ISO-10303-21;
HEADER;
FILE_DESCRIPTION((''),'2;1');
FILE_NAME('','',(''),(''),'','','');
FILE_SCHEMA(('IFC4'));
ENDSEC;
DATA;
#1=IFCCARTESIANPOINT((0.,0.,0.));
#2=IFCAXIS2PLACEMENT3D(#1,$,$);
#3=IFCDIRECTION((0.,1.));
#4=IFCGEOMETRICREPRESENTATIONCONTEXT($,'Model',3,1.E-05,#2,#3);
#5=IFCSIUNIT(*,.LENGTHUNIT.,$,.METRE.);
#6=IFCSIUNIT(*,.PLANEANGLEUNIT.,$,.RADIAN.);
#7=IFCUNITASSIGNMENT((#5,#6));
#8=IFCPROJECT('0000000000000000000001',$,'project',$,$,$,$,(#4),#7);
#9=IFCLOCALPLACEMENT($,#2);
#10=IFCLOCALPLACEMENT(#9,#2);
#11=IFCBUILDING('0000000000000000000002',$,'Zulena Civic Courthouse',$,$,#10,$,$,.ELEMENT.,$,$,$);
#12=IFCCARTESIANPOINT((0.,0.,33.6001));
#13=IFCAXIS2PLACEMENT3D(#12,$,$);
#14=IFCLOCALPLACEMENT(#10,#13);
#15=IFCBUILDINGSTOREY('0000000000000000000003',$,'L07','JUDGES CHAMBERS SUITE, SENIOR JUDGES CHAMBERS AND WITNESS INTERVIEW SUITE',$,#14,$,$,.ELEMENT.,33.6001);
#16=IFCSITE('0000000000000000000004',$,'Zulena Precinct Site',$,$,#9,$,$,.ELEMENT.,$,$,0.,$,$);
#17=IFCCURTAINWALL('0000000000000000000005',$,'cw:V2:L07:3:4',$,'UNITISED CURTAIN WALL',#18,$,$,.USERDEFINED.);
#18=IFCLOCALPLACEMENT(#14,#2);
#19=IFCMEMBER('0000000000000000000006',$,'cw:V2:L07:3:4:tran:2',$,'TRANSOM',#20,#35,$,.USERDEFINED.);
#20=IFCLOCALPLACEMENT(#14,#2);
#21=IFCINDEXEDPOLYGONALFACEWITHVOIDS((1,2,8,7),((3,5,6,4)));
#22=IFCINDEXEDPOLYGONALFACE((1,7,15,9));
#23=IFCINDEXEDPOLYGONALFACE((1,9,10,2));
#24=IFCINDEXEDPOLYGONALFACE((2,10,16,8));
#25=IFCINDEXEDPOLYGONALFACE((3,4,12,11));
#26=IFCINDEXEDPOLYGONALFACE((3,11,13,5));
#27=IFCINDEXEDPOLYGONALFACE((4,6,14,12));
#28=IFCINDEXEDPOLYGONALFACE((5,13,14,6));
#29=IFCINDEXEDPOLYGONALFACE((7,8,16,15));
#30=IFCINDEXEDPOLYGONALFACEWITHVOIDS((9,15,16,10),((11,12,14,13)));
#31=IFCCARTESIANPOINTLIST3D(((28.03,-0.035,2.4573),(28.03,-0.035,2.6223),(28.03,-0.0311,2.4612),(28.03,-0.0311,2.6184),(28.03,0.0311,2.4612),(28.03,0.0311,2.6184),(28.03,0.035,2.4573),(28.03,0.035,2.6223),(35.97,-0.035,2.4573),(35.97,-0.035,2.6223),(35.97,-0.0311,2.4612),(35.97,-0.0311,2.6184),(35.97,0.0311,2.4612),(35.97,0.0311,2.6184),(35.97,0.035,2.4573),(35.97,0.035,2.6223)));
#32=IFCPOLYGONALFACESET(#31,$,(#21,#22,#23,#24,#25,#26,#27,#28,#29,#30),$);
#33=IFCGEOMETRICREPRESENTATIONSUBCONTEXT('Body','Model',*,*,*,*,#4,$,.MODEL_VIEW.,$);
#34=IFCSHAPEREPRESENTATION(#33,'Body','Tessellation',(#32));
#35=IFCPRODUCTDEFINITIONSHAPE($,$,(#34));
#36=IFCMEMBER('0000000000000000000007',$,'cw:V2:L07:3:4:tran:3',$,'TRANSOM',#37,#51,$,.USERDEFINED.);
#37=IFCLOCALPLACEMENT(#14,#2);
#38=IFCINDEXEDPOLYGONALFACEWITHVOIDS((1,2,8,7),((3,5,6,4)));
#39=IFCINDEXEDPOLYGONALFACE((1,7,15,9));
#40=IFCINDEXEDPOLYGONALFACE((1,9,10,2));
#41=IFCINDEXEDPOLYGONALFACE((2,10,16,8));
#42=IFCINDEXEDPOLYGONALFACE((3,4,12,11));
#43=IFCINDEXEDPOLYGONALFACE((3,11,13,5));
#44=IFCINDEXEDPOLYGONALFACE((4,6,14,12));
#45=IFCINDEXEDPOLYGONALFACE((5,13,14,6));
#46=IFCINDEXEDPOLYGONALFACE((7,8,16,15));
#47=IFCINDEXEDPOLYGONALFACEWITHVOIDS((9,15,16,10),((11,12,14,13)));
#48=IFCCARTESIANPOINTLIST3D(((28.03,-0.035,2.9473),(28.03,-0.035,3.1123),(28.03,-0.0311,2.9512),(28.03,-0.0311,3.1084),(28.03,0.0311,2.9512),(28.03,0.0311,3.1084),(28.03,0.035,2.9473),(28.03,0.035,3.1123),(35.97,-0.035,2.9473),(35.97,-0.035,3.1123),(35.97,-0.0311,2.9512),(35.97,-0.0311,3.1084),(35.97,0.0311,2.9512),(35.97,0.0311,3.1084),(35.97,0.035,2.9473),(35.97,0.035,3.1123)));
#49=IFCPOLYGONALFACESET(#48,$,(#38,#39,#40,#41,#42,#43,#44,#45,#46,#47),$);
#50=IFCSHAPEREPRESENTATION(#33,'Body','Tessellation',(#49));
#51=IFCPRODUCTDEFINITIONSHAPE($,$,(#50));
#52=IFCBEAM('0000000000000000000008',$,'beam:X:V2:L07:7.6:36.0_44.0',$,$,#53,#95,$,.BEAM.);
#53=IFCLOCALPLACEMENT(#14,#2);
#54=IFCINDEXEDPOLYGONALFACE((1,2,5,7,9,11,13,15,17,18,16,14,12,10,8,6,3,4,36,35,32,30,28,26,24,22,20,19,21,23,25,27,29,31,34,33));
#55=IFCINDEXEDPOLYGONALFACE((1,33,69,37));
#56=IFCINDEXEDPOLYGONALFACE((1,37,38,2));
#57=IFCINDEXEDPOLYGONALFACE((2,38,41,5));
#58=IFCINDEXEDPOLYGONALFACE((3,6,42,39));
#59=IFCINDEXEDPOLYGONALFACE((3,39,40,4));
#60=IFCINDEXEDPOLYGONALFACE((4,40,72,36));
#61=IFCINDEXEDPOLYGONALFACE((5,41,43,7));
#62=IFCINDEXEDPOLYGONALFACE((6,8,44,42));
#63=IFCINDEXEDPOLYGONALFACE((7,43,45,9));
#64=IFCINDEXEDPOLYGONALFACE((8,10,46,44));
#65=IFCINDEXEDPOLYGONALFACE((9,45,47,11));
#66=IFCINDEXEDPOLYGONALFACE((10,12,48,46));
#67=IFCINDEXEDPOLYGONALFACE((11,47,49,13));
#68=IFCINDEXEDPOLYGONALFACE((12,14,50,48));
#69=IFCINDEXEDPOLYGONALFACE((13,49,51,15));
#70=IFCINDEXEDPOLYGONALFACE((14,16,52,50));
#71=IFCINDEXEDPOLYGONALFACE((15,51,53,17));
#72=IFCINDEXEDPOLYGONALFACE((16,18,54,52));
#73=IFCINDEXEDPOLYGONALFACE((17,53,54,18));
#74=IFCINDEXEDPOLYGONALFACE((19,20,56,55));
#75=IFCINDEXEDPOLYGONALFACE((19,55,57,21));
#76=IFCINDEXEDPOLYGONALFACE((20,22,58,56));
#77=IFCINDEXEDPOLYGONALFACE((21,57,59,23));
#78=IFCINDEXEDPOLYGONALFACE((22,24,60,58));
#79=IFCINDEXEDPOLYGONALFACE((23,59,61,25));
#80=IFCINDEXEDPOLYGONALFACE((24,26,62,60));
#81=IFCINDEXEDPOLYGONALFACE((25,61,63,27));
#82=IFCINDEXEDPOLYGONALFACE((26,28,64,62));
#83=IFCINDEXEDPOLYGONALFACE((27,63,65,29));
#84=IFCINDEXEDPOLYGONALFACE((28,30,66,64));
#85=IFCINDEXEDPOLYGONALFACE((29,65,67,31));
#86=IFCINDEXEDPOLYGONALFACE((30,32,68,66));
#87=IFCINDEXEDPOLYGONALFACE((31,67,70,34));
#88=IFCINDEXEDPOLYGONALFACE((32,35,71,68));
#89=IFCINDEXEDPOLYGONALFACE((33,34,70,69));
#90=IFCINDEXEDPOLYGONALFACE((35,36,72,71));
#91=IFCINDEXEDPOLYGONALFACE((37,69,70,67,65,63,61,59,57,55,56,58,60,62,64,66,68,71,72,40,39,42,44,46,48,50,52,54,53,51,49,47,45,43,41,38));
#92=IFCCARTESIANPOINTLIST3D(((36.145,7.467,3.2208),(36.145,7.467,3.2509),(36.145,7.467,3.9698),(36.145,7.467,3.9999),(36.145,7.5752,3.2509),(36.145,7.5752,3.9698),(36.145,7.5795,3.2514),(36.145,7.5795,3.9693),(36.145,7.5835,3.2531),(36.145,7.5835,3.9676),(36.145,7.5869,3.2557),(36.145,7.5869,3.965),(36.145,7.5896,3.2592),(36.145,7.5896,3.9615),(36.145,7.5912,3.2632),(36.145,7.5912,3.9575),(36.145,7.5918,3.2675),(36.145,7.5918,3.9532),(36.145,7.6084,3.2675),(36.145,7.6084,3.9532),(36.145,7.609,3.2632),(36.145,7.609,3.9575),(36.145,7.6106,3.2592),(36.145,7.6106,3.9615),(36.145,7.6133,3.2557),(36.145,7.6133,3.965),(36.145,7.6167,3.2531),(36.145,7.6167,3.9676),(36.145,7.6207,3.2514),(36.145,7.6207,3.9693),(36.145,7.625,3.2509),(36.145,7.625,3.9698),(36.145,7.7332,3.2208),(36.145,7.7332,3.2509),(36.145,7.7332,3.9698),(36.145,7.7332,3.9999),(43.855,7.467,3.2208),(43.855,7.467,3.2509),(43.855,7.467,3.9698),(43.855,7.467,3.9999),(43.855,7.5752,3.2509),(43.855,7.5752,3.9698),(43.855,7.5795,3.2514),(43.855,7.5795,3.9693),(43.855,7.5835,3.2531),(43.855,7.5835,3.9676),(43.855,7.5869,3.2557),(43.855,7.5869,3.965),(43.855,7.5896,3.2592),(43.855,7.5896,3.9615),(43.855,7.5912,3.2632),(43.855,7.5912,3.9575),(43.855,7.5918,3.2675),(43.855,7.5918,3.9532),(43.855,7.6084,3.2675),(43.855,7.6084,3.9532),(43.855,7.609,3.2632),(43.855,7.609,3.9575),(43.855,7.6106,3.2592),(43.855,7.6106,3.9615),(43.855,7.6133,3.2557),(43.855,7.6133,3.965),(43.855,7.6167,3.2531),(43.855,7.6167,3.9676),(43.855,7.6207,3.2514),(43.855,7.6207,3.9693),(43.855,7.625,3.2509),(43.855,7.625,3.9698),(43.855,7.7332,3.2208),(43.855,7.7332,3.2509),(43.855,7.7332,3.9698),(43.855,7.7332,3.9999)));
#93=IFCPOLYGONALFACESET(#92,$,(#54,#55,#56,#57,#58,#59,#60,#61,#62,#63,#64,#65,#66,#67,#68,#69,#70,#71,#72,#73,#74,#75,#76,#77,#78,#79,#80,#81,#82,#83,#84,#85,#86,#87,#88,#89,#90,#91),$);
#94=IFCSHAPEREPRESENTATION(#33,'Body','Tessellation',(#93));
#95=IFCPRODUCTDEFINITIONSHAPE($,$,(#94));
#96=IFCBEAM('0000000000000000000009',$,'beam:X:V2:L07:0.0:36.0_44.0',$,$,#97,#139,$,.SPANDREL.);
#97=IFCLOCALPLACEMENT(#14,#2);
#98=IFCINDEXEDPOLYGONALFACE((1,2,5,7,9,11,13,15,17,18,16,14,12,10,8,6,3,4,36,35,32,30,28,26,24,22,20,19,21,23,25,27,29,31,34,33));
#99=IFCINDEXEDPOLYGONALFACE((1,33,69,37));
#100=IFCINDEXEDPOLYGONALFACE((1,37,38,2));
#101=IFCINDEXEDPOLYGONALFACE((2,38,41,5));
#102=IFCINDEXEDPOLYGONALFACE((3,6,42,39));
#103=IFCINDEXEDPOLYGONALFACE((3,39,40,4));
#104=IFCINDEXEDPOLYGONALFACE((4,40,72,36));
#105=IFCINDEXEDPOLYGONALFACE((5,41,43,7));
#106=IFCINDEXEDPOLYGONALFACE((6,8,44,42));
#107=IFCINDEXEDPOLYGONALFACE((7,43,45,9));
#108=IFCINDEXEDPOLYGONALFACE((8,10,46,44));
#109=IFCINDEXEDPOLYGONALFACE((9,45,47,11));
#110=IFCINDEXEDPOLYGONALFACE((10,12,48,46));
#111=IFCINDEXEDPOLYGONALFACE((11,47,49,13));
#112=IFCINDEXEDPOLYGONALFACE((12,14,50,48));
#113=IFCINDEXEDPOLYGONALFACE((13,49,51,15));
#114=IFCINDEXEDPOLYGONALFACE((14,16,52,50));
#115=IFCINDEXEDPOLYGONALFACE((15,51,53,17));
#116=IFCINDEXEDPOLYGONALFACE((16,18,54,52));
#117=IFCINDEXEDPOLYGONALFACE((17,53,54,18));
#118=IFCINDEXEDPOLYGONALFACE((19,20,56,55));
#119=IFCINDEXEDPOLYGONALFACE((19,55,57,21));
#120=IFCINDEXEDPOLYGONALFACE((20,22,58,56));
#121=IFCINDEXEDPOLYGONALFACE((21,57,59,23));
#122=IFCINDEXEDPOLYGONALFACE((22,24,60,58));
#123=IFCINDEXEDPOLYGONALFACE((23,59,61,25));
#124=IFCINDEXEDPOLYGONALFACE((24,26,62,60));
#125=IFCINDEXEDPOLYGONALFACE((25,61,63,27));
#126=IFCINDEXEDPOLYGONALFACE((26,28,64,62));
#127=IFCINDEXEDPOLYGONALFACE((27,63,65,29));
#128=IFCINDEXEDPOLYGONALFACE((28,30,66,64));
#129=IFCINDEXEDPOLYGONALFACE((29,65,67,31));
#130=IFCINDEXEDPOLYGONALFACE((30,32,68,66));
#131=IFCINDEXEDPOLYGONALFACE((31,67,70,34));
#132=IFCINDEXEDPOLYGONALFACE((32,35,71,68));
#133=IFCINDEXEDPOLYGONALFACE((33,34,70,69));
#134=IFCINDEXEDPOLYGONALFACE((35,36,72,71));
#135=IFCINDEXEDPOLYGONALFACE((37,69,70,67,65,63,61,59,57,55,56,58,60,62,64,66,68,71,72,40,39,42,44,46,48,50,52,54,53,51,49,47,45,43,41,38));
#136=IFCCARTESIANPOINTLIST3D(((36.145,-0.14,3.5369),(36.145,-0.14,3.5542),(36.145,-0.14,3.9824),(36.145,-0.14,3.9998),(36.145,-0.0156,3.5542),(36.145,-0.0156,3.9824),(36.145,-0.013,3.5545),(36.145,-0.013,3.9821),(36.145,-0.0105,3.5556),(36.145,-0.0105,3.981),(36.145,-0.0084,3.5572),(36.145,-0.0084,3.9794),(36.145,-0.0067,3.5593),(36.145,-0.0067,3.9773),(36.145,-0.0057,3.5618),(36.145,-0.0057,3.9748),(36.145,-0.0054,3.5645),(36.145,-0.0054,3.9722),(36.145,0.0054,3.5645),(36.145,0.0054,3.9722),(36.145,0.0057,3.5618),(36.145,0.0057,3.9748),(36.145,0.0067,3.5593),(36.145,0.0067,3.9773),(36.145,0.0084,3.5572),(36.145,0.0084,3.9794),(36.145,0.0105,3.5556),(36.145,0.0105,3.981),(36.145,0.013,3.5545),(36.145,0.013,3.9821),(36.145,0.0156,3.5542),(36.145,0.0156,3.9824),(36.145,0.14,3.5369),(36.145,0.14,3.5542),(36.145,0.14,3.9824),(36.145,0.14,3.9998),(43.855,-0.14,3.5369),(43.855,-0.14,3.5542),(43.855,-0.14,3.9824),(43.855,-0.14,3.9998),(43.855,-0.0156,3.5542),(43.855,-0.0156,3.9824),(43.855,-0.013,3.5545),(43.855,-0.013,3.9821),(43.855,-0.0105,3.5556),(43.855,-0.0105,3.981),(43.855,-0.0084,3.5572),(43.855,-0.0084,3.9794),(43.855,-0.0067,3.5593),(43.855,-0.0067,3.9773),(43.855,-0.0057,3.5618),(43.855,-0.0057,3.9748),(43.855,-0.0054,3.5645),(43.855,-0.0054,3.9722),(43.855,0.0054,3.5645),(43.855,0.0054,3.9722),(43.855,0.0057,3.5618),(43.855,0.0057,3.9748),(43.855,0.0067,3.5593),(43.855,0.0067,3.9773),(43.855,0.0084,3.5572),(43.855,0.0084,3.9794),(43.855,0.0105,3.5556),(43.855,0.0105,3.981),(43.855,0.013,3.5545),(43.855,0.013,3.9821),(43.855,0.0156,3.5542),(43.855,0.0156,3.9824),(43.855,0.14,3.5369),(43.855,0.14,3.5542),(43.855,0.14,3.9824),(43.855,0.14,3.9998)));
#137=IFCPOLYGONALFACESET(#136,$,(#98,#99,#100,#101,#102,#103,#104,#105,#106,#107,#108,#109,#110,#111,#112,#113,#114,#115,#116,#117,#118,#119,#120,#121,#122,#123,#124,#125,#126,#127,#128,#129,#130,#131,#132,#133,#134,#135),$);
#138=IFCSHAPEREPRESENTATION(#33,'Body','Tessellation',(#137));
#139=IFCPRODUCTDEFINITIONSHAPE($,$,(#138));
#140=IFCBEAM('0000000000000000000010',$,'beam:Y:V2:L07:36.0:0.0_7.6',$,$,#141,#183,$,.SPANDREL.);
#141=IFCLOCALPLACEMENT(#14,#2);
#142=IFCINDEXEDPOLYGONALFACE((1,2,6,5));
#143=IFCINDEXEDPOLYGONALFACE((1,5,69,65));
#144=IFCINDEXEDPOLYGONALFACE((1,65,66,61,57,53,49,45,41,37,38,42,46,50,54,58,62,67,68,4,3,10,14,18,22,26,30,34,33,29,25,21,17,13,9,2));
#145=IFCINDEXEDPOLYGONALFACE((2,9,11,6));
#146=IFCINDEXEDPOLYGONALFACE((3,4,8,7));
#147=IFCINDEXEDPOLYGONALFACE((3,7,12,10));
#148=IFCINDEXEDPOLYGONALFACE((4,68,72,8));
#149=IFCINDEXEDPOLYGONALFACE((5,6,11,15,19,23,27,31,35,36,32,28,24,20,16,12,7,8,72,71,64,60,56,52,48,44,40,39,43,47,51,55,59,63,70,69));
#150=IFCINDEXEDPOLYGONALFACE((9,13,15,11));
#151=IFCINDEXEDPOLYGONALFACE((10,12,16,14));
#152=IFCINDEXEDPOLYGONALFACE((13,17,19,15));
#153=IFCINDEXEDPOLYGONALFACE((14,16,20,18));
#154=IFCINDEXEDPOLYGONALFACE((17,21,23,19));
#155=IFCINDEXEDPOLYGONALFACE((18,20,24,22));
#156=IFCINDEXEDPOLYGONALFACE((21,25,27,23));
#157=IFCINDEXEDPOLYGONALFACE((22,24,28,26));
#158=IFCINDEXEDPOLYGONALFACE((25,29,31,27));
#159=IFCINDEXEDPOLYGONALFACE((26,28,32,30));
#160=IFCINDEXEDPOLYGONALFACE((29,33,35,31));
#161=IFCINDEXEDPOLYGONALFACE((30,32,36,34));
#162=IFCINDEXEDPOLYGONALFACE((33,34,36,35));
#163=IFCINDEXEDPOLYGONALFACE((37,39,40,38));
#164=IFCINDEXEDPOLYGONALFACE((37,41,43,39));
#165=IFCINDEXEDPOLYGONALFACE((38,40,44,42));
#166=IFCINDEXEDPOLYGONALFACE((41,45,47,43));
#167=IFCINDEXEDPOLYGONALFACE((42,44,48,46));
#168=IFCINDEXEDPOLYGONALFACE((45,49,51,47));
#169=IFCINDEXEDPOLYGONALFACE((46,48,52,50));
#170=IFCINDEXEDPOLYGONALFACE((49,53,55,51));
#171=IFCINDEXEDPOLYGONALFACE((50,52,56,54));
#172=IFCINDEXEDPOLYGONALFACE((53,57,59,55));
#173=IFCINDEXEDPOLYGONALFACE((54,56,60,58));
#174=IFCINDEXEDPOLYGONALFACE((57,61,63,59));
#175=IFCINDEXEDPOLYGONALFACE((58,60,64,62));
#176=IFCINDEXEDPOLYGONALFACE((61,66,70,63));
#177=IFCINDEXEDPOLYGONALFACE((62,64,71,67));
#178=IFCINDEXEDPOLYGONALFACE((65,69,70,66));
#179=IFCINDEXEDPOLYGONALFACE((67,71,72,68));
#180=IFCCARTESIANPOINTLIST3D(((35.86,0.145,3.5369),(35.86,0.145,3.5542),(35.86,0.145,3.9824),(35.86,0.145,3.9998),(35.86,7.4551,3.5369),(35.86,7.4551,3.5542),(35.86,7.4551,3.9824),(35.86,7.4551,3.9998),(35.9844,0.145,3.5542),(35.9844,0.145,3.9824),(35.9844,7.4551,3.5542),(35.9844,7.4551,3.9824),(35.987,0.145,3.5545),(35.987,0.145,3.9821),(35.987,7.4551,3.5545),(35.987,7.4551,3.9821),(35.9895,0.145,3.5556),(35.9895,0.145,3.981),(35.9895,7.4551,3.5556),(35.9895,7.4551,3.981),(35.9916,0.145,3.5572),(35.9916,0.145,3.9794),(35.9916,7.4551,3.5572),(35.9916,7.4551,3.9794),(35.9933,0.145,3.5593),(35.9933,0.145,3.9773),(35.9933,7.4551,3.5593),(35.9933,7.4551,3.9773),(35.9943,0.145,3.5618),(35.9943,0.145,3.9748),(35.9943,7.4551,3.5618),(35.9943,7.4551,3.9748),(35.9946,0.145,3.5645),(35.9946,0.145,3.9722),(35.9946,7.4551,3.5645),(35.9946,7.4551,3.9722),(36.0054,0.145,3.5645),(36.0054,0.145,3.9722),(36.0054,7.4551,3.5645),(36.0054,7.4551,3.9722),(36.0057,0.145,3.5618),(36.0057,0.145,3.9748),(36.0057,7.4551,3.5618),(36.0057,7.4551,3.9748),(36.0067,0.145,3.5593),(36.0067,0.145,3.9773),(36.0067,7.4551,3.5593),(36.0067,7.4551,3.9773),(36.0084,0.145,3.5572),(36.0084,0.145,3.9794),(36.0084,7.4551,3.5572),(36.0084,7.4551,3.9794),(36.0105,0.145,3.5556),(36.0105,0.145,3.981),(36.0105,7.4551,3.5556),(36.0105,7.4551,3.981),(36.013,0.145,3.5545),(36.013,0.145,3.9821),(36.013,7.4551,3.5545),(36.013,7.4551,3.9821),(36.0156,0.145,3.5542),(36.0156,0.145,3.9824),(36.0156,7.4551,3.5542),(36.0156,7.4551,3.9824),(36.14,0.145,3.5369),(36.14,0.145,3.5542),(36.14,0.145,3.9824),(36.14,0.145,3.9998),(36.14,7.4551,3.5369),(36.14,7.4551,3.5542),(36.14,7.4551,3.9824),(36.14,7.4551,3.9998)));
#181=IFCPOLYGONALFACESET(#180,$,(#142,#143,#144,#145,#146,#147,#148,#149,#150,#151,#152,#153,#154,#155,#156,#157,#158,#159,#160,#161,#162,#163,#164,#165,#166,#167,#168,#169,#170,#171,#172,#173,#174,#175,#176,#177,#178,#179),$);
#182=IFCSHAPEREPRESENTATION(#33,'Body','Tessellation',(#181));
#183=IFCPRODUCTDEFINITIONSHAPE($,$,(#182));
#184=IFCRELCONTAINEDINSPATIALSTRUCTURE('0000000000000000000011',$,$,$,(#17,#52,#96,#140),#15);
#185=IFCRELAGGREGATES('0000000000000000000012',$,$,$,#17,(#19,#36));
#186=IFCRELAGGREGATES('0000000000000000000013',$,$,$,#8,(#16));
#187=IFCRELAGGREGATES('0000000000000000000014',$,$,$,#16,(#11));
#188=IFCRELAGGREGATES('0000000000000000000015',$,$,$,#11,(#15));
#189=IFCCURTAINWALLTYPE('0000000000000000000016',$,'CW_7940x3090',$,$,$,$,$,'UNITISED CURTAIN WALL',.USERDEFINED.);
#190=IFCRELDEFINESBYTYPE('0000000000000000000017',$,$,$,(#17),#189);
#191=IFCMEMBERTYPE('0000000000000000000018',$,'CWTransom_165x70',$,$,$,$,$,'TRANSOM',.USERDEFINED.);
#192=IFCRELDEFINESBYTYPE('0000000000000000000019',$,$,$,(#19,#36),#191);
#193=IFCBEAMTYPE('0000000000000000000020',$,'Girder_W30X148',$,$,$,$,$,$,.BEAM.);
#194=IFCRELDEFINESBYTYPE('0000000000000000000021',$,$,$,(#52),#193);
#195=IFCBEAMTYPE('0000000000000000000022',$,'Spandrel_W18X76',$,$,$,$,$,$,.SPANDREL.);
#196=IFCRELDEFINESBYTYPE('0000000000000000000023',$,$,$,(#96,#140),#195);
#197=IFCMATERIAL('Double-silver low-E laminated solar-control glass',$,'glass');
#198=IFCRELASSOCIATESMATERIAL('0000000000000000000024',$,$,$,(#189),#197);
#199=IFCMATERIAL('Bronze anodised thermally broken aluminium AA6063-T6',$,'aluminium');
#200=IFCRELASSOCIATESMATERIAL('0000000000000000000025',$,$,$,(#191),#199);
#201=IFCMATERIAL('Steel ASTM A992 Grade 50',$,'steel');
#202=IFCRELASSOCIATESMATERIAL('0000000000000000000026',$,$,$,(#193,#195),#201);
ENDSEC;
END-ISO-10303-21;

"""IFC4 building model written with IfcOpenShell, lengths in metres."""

from ifc_helpers import new_model, si_unit, direction, frame, origin, origin_2d, place, context, subcontext, project, spatial, hollow_rectangle, i_section, extrude, material, material_profile, profile_set, type_object, element, aggregate, save


model = new_model("IFC4")

# Units and contexts
model_context = context("Model", 3, precision=1e-05, world=origin(), true_north=direction((0.0, 1.0)))
body_context = subcontext(model_context, "Body", "Model", "MODEL_VIEW")
ifc_project = project(units=[si_unit("LENGTHUNIT", "METRE"), si_unit("PLANEANGLEUNIT", "RADIAN")], contexts=[model_context])

# Site, building, storey
site_placement = place(None, origin())
site = spatial("IfcSite", under=ifc_project, at=site_placement, Name="Zulena Precinct Site", CompositionType="ELEMENT", RefElevation=0.0)
building_placement = place(site_placement, origin())
building = spatial("IfcBuilding", under=site, at=building_placement, Name="Zulena Civic Courthouse", CompositionType="ELEMENT")
storey_placement = place(building_placement, frame((0.0, 0.0, 33.6001)))
storey = spatial("IfcBuildingStorey", under=building, at=storey_placement, Name="L07", Description="JUDGES CHAMBERS SUITE, SENIOR JUDGES CHAMBERS AND WITNESS INTERVIEW SUITE", CompositionType="ELEMENT", Elevation=33.6001)

# Shared definitions
ifc_material_1 = material(Name="Steel ASTM A992 Grade 50", Category="steel")

# Shared definitions
ifc_material_2 = material(Name="Double-silver low-E laminated solar-control glass", Category="glass")
curtain_wall_type = type_object("IfcCurtainWallType", Name="CW_7940x3090", ElementType="UNITISED CURTAIN WALL", PredefinedType="USERDEFINED", material=ifc_material_2)
ifc_material_3 = material(Name="Bronze anodised thermally broken aluminium AA6063-T6", Category="aluminium")

# Curtain wall, members
curtain_wall_1_placement = place(storey_placement, origin())
curtain_wall_1 = element("IfcCurtainWall", 1, at=curtain_wall_1_placement, inside=storey, type_object=curtain_wall_type, Name="cw:V2:L07:3:4", ObjectType="UNITISED CURTAIN WALL", PredefinedType="USERDEFINED")
ifc_material_profile_1 = material_profile(ifc_material_3, hollow_rectangle(XDim=0.0701, YDim=0.165, WallThickness=0.0039, at=origin_2d()), Name="CWT165X70X4")
ifc_profile_set_1 = profile_set([ifc_material_profile_1], Name="Bronze anodised thermally broken aluminium AA6063-T6")
member_type_1 = type_object("IfcMemberType", Name="CWTransom_165x70", ElementType="TRANSOM", PredefinedType="USERDEFINED", material=ifc_profile_set_1)
member_1_placement = place(storey_placement, frame((35.97, 0.0, 2.5398), z_axis=(-1.0, 0.0, 0.0), x_axis=(0.0, -1.0, 0.0)))
member_1 = element("IfcMember", 2, at=member_1_placement, type_object=member_type_1, Name="cw:V2:L07:3:4:tran:2", ObjectType="TRANSOM", PredefinedType="USERDEFINED", context=body_context, shape_type="SweptSolid", body=[
    extrude(hollow_rectangle(XDim=0.0701, YDim=0.165, WallThickness=0.0039, at=origin_2d()), origin(), (0.0, 0.0, 1.0), 7.9399),
])
member_2_placement = place(storey_placement, frame((35.97, 0.0, 3.0298), z_axis=(-1.0, 0.0, 0.0), x_axis=(0.0, -1.0, 0.0)))
member_2 = element("IfcMember", 3, at=member_2_placement, type_object=member_type_1, Name="cw:V2:L07:3:4:tran:3", ObjectType="TRANSOM", PredefinedType="USERDEFINED", context=body_context, shape_type="SweptSolid", body=[
    extrude(hollow_rectangle(XDim=0.0701, YDim=0.165, WallThickness=0.0039, at=origin_2d()), origin(), (0.0, 0.0, 1.0), 7.9399),
])

# Beams
ifc_material_profile_2 = material_profile(ifc_material_1, i_section(OverallWidth=0.2661, OverallDepth=0.7791, WebThickness=0.0166, FlangeThickness=0.03, FilletRadius=0.0166, at=origin_2d()), Name="W30X148")
ifc_profile_set_2 = profile_set([ifc_material_profile_2], Name="Steel ASTM A992 Grade 50")
beam_type_1 = type_object("IfcBeamType", Name="Girder_W30X148", PredefinedType="BEAM", material=ifc_profile_set_2)
beam_1_placement = place(storey_placement, frame((36.145, 7.6001, 3.6104), z_axis=(1.0, 0.0, 0.0), x_axis=(0.0, 1.0, 0.0)))
element("IfcBeam", 4, at=beam_1_placement, inside=storey, type_object=beam_type_1, Name="beam:X:V2:L07:7.6:36.0_44.0", PredefinedType="BEAM", context=body_context, shape_type="SweptSolid", body=[
    extrude(i_section(OverallWidth=0.2661, OverallDepth=0.7791, WebThickness=0.0166, FlangeThickness=0.03, FilletRadius=0.0166, at=origin_2d()), origin(), (0.0, 0.0, 1.0), 7.71),
])
ifc_material_profile_3 = material_profile(ifc_material_1, i_section(OverallWidth=0.28, OverallDepth=0.4629, WebThickness=0.0107, FlangeThickness=0.0173, FilletRadius=0.0103, at=origin_2d()), Name="W18X76")
ifc_profile_set_3 = profile_set([ifc_material_profile_3], Name="Steel ASTM A992 Grade 50")
beam_type_2 = type_object("IfcBeamType", Name="Spandrel_W18X76", PredefinedType="SPANDREL", material=ifc_profile_set_3)
beam_2_placement = place(storey_placement, frame((36.145, 0.0, 3.7683), z_axis=(1.0, 0.0, 0.0), x_axis=(0.0, 1.0, 0.0)))
element("IfcBeam", 5, at=beam_2_placement, inside=storey, type_object=beam_type_2, Name="beam:X:V2:L07:0.0:36.0_44.0", PredefinedType="SPANDREL", context=body_context, shape_type="SweptSolid", body=[
    extrude(i_section(OverallWidth=0.28, OverallDepth=0.4629, WebThickness=0.0107, FlangeThickness=0.0173, FilletRadius=0.0103, at=origin_2d()), origin(), (0.0, 0.0, 1.0), 7.71),
])
beam_3_placement = place(storey_placement, frame((36.0, 0.145, 3.7683), z_axis=(0.0, 1.0, 0.0), x_axis=(-1.0, 0.0, 0.0)))
element("IfcBeam", 6, at=beam_3_placement, inside=storey, type_object=beam_type_2, Name="beam:Y:V2:L07:36.0:0.0_7.6", PredefinedType="SPANDREL", context=body_context, shape_type="SweptSolid", body=[
    extrude(i_section(OverallWidth=0.28, OverallDepth=0.4629, WebThickness=0.0107, FlangeThickness=0.0173, FilletRadius=0.0103, at=origin_2d()), origin(), (0.0, 0.0, 1.0), 7.3101),
])

aggregate(curtain_wall_1, [member_1, member_2])

save(model, "model.ifc")
